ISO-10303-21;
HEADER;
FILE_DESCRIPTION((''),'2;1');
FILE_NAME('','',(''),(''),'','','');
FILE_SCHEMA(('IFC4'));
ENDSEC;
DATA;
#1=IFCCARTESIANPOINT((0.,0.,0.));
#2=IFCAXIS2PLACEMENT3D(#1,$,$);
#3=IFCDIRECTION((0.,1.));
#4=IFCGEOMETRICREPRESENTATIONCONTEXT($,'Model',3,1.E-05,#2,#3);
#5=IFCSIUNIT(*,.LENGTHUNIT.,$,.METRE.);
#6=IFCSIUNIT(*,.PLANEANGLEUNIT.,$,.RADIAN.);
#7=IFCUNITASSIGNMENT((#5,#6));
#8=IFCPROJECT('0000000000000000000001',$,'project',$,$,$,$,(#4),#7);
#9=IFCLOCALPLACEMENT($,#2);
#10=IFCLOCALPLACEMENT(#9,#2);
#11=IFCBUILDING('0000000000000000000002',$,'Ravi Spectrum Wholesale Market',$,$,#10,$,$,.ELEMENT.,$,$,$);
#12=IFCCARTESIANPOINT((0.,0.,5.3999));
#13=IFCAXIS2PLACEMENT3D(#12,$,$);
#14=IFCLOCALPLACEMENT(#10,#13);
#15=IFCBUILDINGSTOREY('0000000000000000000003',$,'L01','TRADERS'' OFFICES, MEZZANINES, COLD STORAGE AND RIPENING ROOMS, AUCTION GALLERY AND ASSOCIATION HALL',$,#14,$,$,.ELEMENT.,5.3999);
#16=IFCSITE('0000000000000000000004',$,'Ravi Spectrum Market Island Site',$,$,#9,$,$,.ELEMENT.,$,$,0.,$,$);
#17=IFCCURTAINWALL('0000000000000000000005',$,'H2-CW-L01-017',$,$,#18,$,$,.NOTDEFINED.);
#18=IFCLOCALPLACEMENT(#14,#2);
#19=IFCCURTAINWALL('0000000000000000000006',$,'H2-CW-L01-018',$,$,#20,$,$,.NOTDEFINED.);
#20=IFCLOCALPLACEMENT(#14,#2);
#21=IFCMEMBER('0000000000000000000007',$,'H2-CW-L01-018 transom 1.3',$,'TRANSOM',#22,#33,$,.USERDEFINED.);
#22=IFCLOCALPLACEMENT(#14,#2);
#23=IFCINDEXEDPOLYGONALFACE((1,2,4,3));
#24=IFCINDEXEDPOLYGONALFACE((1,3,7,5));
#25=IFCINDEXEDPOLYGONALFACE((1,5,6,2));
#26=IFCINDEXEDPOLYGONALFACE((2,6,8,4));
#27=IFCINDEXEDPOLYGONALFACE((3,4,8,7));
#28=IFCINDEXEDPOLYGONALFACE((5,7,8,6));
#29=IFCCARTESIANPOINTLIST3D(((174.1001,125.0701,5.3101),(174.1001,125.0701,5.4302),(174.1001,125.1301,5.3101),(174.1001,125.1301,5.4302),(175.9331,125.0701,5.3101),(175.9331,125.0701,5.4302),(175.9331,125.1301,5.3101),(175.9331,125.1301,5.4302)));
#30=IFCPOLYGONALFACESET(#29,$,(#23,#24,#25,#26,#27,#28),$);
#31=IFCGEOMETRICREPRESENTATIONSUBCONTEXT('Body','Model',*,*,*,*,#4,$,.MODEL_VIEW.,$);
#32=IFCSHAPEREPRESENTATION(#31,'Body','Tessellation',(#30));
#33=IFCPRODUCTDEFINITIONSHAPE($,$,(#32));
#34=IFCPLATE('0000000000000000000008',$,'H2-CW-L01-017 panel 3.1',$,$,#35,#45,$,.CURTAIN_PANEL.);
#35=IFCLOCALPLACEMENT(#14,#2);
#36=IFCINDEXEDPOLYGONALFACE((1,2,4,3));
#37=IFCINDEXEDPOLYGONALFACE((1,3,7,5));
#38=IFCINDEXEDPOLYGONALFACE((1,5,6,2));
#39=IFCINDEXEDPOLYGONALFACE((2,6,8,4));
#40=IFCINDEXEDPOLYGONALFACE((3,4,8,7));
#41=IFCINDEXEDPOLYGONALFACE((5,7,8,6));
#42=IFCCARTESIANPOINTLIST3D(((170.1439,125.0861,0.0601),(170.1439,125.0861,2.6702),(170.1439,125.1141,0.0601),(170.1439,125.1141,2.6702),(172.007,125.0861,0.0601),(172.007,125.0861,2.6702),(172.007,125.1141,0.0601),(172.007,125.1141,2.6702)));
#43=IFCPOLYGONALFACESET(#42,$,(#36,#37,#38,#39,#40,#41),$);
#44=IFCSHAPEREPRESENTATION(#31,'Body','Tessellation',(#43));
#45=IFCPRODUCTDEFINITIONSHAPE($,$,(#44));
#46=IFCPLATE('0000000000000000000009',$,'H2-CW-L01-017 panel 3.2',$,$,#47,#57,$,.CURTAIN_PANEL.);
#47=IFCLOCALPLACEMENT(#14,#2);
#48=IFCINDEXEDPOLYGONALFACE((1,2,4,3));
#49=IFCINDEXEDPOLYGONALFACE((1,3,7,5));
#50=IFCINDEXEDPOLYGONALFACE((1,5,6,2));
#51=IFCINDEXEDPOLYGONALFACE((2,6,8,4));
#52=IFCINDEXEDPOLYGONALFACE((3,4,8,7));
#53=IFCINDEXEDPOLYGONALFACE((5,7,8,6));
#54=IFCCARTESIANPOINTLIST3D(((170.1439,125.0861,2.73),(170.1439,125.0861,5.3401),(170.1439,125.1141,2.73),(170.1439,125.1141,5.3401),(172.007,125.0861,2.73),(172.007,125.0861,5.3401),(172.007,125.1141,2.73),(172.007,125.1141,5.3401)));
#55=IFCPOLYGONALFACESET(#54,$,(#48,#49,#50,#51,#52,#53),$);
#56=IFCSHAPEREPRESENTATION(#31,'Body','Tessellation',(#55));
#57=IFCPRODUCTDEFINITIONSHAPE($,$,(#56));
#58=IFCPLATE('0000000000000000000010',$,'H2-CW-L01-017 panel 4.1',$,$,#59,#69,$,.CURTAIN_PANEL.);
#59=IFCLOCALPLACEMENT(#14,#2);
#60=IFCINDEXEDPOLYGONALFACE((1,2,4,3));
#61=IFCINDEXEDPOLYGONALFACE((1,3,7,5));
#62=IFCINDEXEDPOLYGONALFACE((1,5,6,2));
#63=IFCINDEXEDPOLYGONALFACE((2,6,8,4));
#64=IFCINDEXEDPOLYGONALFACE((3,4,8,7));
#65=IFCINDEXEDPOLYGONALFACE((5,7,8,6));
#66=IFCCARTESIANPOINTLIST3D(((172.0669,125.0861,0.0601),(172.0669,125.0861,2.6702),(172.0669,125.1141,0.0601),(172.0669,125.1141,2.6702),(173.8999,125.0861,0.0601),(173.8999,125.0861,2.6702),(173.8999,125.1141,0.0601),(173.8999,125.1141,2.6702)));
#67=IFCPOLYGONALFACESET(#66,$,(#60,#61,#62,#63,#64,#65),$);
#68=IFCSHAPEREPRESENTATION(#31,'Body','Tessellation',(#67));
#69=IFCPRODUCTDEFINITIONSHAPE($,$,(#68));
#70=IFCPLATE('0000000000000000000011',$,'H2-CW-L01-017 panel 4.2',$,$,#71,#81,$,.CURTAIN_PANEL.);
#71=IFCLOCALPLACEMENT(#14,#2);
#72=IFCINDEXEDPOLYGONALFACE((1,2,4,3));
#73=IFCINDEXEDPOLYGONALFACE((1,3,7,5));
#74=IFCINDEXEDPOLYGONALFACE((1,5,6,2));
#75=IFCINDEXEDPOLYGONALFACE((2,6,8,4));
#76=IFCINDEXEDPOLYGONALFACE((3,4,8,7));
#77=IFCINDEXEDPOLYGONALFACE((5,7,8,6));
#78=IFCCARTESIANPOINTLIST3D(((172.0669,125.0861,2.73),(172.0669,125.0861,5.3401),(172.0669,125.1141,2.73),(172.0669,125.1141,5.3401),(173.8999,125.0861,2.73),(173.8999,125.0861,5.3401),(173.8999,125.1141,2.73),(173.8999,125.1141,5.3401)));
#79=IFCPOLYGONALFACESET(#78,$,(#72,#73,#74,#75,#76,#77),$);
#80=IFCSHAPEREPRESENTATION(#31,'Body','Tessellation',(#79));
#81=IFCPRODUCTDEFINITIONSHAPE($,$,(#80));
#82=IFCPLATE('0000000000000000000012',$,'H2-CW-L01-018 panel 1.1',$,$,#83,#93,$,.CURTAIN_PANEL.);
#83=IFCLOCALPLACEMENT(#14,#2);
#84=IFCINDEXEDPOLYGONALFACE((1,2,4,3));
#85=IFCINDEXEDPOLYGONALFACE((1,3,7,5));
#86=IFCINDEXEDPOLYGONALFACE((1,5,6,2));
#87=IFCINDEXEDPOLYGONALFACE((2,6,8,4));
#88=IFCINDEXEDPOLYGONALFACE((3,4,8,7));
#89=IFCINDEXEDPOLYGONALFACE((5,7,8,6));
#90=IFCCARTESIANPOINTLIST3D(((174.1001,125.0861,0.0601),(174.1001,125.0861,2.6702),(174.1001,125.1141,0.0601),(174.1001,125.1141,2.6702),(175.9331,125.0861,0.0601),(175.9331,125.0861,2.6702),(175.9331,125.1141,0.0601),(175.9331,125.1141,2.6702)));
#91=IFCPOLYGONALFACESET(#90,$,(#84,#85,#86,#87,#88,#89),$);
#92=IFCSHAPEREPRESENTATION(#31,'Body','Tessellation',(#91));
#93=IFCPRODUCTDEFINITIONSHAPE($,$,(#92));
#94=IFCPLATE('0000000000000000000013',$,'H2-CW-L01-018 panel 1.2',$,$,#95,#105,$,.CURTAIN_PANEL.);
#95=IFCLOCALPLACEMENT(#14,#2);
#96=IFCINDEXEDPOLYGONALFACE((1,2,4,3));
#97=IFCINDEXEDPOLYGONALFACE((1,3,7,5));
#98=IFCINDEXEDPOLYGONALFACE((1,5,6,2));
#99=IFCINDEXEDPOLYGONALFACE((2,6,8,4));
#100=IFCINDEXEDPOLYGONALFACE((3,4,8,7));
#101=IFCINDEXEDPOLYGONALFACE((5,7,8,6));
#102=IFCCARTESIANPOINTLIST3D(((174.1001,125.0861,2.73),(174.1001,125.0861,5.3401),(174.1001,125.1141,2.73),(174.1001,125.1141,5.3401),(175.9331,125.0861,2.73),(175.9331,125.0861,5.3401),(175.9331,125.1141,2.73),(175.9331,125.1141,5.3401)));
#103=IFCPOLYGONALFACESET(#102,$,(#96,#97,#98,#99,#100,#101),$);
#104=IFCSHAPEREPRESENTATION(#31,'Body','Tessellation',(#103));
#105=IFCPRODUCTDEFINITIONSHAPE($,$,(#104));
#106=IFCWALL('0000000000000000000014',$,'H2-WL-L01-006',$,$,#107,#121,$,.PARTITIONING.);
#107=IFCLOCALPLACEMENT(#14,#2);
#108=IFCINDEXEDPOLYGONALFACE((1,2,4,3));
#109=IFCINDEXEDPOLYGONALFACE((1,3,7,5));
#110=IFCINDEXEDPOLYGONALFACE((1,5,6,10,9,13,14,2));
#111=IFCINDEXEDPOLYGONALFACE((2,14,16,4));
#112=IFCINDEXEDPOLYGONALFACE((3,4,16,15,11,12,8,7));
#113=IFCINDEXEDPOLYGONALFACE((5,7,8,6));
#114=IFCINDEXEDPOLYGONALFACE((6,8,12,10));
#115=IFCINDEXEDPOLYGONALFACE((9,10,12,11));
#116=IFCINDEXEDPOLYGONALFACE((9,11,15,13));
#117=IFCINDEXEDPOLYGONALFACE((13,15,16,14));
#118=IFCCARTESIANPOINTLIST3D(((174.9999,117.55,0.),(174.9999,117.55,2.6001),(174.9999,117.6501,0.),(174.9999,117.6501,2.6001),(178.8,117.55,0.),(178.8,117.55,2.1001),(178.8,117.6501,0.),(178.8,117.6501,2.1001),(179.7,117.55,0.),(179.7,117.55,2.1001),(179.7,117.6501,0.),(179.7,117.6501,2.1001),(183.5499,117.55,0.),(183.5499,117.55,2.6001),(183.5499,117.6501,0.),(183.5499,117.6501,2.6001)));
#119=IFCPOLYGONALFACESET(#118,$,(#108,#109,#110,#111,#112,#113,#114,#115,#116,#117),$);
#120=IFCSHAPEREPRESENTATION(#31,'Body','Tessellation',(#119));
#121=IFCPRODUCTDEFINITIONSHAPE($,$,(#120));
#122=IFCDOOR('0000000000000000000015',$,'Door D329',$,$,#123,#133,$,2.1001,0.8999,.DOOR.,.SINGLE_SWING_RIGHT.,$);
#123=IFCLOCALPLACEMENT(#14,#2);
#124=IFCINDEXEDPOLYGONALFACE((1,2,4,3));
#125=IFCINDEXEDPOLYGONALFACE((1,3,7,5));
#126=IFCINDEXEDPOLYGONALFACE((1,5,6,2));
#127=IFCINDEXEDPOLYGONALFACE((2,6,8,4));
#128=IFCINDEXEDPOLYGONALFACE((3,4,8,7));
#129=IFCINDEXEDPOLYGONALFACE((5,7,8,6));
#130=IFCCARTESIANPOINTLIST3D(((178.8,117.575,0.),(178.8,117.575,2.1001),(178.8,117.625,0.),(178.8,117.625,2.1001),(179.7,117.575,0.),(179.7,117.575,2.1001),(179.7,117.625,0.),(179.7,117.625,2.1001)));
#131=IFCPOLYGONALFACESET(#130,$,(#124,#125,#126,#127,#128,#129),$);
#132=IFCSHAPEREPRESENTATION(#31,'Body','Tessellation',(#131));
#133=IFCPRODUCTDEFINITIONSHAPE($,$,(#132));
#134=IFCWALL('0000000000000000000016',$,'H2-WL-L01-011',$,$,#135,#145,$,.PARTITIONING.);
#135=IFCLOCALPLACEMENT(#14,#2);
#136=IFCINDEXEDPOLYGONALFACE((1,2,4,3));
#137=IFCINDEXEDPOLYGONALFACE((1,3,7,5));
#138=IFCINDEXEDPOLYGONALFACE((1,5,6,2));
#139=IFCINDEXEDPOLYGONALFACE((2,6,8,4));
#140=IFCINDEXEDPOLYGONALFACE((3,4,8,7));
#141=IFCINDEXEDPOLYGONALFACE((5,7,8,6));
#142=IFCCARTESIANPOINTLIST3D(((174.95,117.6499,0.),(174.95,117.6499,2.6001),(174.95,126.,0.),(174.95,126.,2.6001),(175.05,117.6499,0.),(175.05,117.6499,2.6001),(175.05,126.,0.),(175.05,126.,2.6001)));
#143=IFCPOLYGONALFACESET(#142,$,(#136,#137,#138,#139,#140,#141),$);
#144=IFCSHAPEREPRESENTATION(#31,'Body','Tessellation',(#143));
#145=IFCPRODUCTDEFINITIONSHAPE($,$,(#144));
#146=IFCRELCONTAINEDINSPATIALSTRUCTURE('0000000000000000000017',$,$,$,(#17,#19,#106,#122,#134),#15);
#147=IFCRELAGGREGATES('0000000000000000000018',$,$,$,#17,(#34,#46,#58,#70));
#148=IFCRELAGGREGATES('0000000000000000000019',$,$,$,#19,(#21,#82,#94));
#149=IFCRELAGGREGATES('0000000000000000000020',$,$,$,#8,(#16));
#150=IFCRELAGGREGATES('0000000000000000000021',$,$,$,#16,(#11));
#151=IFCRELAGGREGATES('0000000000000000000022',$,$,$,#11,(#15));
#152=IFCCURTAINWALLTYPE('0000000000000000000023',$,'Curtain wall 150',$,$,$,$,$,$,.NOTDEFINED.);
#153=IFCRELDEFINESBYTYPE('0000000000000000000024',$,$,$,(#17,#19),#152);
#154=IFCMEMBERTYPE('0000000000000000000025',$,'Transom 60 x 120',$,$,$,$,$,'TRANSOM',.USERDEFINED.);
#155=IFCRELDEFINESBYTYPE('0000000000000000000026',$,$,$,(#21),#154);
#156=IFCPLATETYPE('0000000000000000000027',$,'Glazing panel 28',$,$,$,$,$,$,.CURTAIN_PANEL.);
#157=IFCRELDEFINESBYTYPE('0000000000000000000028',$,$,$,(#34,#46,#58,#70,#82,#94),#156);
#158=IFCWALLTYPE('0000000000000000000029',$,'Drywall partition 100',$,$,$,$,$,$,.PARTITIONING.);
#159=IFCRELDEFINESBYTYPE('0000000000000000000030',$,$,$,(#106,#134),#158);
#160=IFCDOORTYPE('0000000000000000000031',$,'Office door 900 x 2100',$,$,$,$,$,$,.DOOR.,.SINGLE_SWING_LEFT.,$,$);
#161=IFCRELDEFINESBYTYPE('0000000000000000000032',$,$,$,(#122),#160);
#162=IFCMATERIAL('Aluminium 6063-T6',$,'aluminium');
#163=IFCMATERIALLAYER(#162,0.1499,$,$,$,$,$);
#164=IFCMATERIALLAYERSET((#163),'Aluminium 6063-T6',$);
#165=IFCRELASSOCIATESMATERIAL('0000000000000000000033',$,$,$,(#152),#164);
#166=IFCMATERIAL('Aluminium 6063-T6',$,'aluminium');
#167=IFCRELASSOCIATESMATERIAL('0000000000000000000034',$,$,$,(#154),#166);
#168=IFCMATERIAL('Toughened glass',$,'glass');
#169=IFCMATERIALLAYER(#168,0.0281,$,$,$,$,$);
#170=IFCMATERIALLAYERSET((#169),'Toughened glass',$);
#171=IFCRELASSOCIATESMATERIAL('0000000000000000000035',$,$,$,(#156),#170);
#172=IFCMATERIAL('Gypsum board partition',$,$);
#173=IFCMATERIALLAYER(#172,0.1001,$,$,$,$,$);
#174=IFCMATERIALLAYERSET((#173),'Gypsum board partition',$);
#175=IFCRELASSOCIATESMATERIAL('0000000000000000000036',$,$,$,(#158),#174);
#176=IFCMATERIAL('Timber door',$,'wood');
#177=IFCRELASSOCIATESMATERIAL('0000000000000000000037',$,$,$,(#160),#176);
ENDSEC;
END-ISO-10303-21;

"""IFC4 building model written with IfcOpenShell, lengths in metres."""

from ifc_helpers import new_model, si_unit, direction, frame, frame_2d, origin, origin_2d, place, context, subcontext, project, spatial, rectangle, extrude, material, layer, layer_set, material_profile, profile_set, type_object, element, fill, aggregate, save


model = new_model("IFC4")

# Units and contexts
model_context = context("Model", 3, precision=1e-05, world=origin(), true_north=direction((0.0, 1.0)))
body_context = subcontext(model_context, "Body", "Model", "MODEL_VIEW")
ifc_project = project(units=[si_unit("LENGTHUNIT", "METRE"), si_unit("PLANEANGLEUNIT", "RADIAN")], contexts=[model_context])

# Site, building, storey
site_placement = place(None, origin())
site = spatial("IfcSite", under=ifc_project, at=site_placement, Name="Ravi Spectrum Market Island Site", CompositionType="ELEMENT", RefElevation=0.0)
building_placement = place(site_placement, origin())
building = spatial("IfcBuilding", under=site, at=building_placement, Name="Ravi Spectrum Wholesale Market", CompositionType="ELEMENT")
storey_placement = place(building_placement, frame((0.0, 0.0, 5.3999)))
storey = spatial("IfcBuildingStorey", under=building, at=storey_placement, Name="L01", Description="TRADERS' OFFICES, MEZZANINES, COLD STORAGE AND RIPENING ROOMS, AUCTION GALLERY AND ASSOCIATION HALL", CompositionType="ELEMENT", Elevation=5.3999)

# Curtain wall
ifc_material_1 = material(Name="Aluminium 6063-T6", Category="aluminium")
ifc_layer_1 = layer(ifc_material_1, 0.1499)
ifc_layer_set_1 = layer_set([ifc_layer_1], Name="Aluminium 6063-T6")
curtain_wall_type = type_object("IfcCurtainWallType", Name="Curtain wall 150", PredefinedType="NOTDEFINED", material=ifc_layer_set_1)
curtain_wall_1_placement = place(storey_placement, origin())
curtain_wall_1 = element("IfcCurtainWall", 1, at=curtain_wall_1_placement, inside=storey, type_object=curtain_wall_type, Name="H2-CW-L01-017", PredefinedType="NOTDEFINED")

# Curtain wall
curtain_wall_2_placement = place(storey_placement, origin())
curtain_wall_2 = element("IfcCurtainWall", 2, at=curtain_wall_2_placement, inside=storey, type_object=curtain_wall_type, Name="H2-CW-L01-018", PredefinedType="NOTDEFINED")

# Member
ifc_material_2 = material(Name="Aluminium 6063-T6", Category="aluminium")
ifc_material_profile_1 = material_profile(ifc_material_2, rectangle(XDim=0.0601, YDim=0.1201, at=origin_2d()))
ifc_profile_set_1 = profile_set([ifc_material_profile_1], Name="Aluminium 6063-T6")
member_type_1 = type_object("IfcMemberType", Name="Transom 60 x 120", ElementType="TRANSOM", PredefinedType="USERDEFINED", material=ifc_profile_set_1)
member_1_placement = place(storey_placement, frame((174.1001, 125.1001, 5.3701), z_axis=(1.0, 0.0, 0.0), x_axis=(0.0, 1.0, 0.0)))
member_1 = element("IfcMember", 3, at=member_1_placement, type_object=member_type_1, Name="H2-CW-L01-018 transom 1.3", ObjectType="TRANSOM", PredefinedType="USERDEFINED", context=body_context, shape_type="SweptSolid", body=[
    extrude(rectangle(XDim=0.0601, YDim=0.1201, at=origin_2d()), origin(), (0.0, 0.0, 1.0), 1.833),
])

# Plates
ifc_material_3 = material(Name="Toughened glass", Category="glass")
ifc_layer_2 = layer(ifc_material_3, 0.0281)
ifc_layer_set_2 = layer_set([ifc_layer_2], Name="Toughened glass")
plate_type = type_object("IfcPlateType", Name="Glazing panel 28", PredefinedType="CURTAIN_PANEL", material=ifc_layer_set_2)
plate_1_placement = place(storey_placement, frame((171.0754, 125.1001, 0.0601), z_axis=(0.0, 0.0, 1.0), x_axis=(1.0, 0.0, 0.0)))
plate_1 = element("IfcPlate", 4, at=plate_1_placement, type_object=plate_type, Name="H2-CW-L01-017 panel 3.1", PredefinedType="CURTAIN_PANEL", context=body_context, shape_type="SweptSolid", body=[
    extrude(rectangle(XDim=1.863, YDim=0.0281, at=origin_2d()), origin(), (0.0, 0.0, 1.0), 2.6101),
])
plate_2_placement = place(storey_placement, frame((171.0754, 125.1001, 2.73), z_axis=(0.0, 0.0, 1.0), x_axis=(1.0, 0.0, 0.0)))
plate_2 = element("IfcPlate", 5, at=plate_2_placement, type_object=plate_type, Name="H2-CW-L01-017 panel 3.2", PredefinedType="CURTAIN_PANEL", context=body_context, shape_type="SweptSolid", body=[
    extrude(rectangle(XDim=1.863, YDim=0.0281, at=origin_2d()), origin(), (0.0, 0.0, 1.0), 2.6101),
])
plate_3_placement = place(storey_placement, frame((172.9834, 125.1001, 0.0601), z_axis=(0.0, 0.0, 1.0), x_axis=(1.0, 0.0, 0.0)))
plate_3 = element("IfcPlate", 6, at=plate_3_placement, type_object=plate_type, Name="H2-CW-L01-017 panel 4.1", PredefinedType="CURTAIN_PANEL", context=body_context, shape_type="SweptSolid", body=[
    extrude(rectangle(XDim=1.833, YDim=0.0281, at=origin_2d()), origin(), (0.0, 0.0, 1.0), 2.6101),
])
plate_4_placement = place(storey_placement, frame((172.9834, 125.1001, 2.73), z_axis=(0.0, 0.0, 1.0), x_axis=(1.0, 0.0, 0.0)))
plate_4 = element("IfcPlate", 7, at=plate_4_placement, type_object=plate_type, Name="H2-CW-L01-017 panel 4.2", PredefinedType="CURTAIN_PANEL", context=body_context, shape_type="SweptSolid", body=[
    extrude(rectangle(XDim=1.833, YDim=0.0281, at=origin_2d()), origin(), (0.0, 0.0, 1.0), 2.6101),
])
aggregate(curtain_wall_1, [plate_1, plate_2, plate_3, plate_4])
plate_5_placement = place(storey_placement, frame((175.0166, 125.1001, 0.0601), z_axis=(0.0, 0.0, 1.0), x_axis=(1.0, 0.0, 0.0)))
plate_5 = element("IfcPlate", 8, at=plate_5_placement, type_object=plate_type, Name="H2-CW-L01-018 panel 1.1", PredefinedType="CURTAIN_PANEL", context=body_context, shape_type="SweptSolid", body=[
    extrude(rectangle(XDim=1.833, YDim=0.0281, at=origin_2d()), origin(), (0.0, 0.0, 1.0), 2.6101),
])
plate_6_placement = place(storey_placement, frame((175.0166, 125.1001, 2.73), z_axis=(0.0, 0.0, 1.0), x_axis=(1.0, 0.0, 0.0)))
plate_6 = element("IfcPlate", 9, at=plate_6_placement, type_object=plate_type, Name="H2-CW-L01-018 panel 1.2", PredefinedType="CURTAIN_PANEL", context=body_context, shape_type="SweptSolid", body=[
    extrude(rectangle(XDim=1.833, YDim=0.0281, at=origin_2d()), origin(), (0.0, 0.0, 1.0), 2.6101),
])
aggregate(curtain_wall_2, [member_1, plate_5, plate_6])

# Wall, opening, door
ifc_material_4 = material(Name="Gypsum board partition")
ifc_layer_3 = layer(ifc_material_4, 0.1001)
ifc_layer_set_3 = layer_set([ifc_layer_3], Name="Gypsum board partition")
wall_type = type_object("IfcWallType", Name="Drywall partition 100", PredefinedType="PARTITIONING", material=ifc_layer_set_3)
wall_1_placement = place(storey_placement, frame((175.0, 117.6001, 0.0), z_axis=(0.0, 0.0, 1.0), x_axis=(1.0, 0.0, 0.0)))
wall_1 = element("IfcWall", 10, at=wall_1_placement, inside=storey, type_object=wall_type, Name="H2-WL-L01-006", PredefinedType="PARTITIONING", context=body_context, shape_type="SweptSolid", body=[
    extrude(rectangle(XDim=8.55, YDim=0.1001, at=frame_2d((4.2749, 0.0))), origin(), (0.0, 0.0, 1.0), 2.6001),
])
opening_placement = place(wall_1_placement, frame((3.8, 0.0, 0.0)))
opening = element("IfcOpeningElement", 11, at=opening_placement, cuts=wall_1, PredefinedType="OPENING", context=body_context, shape_type="SweptSolid", body=[
    extrude(rectangle(XDim=0.8999, YDim=2.1001, at=frame_2d((0.45, 1.05))), frame((0.0, 0.0601, 0.0), z_axis=(0.0, -1.0, 0.0), x_axis=(1.0, 0.0, 0.0)), (0.0, 0.0, 1.0), 0.1201),
])
ifc_material_5 = material(Name="Timber door", Category="wood")
door_type = type_object("IfcDoorType", Name="Office door 900 x 2100", OperationType="SINGLE_SWING_LEFT", PredefinedType="DOOR", material=ifc_material_5)
door_placement = place(opening_placement, origin())
door = element("IfcDoor", 12, at=door_placement, inside=storey, type_object=door_type, Name="Door D329", OperationType="SINGLE_SWING_RIGHT", OverallHeight=2.1001, OverallWidth=0.8999, PredefinedType="DOOR", context=body_context, shape_type="SweptSolid", body=[
    extrude(rectangle(XDim=0.8999, YDim=2.1001, at=frame_2d((0.45, 1.05))), frame((0.0, 0.0249, 0.0), z_axis=(0.0, -1.0, 0.0), x_axis=(1.0, 0.0, 0.0)), (0.0, 0.0, 1.0), 0.05),
])
fill(opening, door)

# Wall
wall_2_placement = place(storey_placement, frame((175.0, 117.6499, 0.0), z_axis=(0.0, 0.0, 1.0), x_axis=(0.0, 1.0, 0.0)))
element("IfcWall", 13, at=wall_2_placement, inside=storey, type_object=wall_type, Name="H2-WL-L01-011", PredefinedType="PARTITIONING", context=body_context, shape_type="SweptSolid", body=[
    extrude(rectangle(XDim=8.3501, YDim=0.1001, at=frame_2d((4.175, 0.0))), origin(), (0.0, 0.0, 1.0), 2.6001),
])

save(model, "model.ifc")
